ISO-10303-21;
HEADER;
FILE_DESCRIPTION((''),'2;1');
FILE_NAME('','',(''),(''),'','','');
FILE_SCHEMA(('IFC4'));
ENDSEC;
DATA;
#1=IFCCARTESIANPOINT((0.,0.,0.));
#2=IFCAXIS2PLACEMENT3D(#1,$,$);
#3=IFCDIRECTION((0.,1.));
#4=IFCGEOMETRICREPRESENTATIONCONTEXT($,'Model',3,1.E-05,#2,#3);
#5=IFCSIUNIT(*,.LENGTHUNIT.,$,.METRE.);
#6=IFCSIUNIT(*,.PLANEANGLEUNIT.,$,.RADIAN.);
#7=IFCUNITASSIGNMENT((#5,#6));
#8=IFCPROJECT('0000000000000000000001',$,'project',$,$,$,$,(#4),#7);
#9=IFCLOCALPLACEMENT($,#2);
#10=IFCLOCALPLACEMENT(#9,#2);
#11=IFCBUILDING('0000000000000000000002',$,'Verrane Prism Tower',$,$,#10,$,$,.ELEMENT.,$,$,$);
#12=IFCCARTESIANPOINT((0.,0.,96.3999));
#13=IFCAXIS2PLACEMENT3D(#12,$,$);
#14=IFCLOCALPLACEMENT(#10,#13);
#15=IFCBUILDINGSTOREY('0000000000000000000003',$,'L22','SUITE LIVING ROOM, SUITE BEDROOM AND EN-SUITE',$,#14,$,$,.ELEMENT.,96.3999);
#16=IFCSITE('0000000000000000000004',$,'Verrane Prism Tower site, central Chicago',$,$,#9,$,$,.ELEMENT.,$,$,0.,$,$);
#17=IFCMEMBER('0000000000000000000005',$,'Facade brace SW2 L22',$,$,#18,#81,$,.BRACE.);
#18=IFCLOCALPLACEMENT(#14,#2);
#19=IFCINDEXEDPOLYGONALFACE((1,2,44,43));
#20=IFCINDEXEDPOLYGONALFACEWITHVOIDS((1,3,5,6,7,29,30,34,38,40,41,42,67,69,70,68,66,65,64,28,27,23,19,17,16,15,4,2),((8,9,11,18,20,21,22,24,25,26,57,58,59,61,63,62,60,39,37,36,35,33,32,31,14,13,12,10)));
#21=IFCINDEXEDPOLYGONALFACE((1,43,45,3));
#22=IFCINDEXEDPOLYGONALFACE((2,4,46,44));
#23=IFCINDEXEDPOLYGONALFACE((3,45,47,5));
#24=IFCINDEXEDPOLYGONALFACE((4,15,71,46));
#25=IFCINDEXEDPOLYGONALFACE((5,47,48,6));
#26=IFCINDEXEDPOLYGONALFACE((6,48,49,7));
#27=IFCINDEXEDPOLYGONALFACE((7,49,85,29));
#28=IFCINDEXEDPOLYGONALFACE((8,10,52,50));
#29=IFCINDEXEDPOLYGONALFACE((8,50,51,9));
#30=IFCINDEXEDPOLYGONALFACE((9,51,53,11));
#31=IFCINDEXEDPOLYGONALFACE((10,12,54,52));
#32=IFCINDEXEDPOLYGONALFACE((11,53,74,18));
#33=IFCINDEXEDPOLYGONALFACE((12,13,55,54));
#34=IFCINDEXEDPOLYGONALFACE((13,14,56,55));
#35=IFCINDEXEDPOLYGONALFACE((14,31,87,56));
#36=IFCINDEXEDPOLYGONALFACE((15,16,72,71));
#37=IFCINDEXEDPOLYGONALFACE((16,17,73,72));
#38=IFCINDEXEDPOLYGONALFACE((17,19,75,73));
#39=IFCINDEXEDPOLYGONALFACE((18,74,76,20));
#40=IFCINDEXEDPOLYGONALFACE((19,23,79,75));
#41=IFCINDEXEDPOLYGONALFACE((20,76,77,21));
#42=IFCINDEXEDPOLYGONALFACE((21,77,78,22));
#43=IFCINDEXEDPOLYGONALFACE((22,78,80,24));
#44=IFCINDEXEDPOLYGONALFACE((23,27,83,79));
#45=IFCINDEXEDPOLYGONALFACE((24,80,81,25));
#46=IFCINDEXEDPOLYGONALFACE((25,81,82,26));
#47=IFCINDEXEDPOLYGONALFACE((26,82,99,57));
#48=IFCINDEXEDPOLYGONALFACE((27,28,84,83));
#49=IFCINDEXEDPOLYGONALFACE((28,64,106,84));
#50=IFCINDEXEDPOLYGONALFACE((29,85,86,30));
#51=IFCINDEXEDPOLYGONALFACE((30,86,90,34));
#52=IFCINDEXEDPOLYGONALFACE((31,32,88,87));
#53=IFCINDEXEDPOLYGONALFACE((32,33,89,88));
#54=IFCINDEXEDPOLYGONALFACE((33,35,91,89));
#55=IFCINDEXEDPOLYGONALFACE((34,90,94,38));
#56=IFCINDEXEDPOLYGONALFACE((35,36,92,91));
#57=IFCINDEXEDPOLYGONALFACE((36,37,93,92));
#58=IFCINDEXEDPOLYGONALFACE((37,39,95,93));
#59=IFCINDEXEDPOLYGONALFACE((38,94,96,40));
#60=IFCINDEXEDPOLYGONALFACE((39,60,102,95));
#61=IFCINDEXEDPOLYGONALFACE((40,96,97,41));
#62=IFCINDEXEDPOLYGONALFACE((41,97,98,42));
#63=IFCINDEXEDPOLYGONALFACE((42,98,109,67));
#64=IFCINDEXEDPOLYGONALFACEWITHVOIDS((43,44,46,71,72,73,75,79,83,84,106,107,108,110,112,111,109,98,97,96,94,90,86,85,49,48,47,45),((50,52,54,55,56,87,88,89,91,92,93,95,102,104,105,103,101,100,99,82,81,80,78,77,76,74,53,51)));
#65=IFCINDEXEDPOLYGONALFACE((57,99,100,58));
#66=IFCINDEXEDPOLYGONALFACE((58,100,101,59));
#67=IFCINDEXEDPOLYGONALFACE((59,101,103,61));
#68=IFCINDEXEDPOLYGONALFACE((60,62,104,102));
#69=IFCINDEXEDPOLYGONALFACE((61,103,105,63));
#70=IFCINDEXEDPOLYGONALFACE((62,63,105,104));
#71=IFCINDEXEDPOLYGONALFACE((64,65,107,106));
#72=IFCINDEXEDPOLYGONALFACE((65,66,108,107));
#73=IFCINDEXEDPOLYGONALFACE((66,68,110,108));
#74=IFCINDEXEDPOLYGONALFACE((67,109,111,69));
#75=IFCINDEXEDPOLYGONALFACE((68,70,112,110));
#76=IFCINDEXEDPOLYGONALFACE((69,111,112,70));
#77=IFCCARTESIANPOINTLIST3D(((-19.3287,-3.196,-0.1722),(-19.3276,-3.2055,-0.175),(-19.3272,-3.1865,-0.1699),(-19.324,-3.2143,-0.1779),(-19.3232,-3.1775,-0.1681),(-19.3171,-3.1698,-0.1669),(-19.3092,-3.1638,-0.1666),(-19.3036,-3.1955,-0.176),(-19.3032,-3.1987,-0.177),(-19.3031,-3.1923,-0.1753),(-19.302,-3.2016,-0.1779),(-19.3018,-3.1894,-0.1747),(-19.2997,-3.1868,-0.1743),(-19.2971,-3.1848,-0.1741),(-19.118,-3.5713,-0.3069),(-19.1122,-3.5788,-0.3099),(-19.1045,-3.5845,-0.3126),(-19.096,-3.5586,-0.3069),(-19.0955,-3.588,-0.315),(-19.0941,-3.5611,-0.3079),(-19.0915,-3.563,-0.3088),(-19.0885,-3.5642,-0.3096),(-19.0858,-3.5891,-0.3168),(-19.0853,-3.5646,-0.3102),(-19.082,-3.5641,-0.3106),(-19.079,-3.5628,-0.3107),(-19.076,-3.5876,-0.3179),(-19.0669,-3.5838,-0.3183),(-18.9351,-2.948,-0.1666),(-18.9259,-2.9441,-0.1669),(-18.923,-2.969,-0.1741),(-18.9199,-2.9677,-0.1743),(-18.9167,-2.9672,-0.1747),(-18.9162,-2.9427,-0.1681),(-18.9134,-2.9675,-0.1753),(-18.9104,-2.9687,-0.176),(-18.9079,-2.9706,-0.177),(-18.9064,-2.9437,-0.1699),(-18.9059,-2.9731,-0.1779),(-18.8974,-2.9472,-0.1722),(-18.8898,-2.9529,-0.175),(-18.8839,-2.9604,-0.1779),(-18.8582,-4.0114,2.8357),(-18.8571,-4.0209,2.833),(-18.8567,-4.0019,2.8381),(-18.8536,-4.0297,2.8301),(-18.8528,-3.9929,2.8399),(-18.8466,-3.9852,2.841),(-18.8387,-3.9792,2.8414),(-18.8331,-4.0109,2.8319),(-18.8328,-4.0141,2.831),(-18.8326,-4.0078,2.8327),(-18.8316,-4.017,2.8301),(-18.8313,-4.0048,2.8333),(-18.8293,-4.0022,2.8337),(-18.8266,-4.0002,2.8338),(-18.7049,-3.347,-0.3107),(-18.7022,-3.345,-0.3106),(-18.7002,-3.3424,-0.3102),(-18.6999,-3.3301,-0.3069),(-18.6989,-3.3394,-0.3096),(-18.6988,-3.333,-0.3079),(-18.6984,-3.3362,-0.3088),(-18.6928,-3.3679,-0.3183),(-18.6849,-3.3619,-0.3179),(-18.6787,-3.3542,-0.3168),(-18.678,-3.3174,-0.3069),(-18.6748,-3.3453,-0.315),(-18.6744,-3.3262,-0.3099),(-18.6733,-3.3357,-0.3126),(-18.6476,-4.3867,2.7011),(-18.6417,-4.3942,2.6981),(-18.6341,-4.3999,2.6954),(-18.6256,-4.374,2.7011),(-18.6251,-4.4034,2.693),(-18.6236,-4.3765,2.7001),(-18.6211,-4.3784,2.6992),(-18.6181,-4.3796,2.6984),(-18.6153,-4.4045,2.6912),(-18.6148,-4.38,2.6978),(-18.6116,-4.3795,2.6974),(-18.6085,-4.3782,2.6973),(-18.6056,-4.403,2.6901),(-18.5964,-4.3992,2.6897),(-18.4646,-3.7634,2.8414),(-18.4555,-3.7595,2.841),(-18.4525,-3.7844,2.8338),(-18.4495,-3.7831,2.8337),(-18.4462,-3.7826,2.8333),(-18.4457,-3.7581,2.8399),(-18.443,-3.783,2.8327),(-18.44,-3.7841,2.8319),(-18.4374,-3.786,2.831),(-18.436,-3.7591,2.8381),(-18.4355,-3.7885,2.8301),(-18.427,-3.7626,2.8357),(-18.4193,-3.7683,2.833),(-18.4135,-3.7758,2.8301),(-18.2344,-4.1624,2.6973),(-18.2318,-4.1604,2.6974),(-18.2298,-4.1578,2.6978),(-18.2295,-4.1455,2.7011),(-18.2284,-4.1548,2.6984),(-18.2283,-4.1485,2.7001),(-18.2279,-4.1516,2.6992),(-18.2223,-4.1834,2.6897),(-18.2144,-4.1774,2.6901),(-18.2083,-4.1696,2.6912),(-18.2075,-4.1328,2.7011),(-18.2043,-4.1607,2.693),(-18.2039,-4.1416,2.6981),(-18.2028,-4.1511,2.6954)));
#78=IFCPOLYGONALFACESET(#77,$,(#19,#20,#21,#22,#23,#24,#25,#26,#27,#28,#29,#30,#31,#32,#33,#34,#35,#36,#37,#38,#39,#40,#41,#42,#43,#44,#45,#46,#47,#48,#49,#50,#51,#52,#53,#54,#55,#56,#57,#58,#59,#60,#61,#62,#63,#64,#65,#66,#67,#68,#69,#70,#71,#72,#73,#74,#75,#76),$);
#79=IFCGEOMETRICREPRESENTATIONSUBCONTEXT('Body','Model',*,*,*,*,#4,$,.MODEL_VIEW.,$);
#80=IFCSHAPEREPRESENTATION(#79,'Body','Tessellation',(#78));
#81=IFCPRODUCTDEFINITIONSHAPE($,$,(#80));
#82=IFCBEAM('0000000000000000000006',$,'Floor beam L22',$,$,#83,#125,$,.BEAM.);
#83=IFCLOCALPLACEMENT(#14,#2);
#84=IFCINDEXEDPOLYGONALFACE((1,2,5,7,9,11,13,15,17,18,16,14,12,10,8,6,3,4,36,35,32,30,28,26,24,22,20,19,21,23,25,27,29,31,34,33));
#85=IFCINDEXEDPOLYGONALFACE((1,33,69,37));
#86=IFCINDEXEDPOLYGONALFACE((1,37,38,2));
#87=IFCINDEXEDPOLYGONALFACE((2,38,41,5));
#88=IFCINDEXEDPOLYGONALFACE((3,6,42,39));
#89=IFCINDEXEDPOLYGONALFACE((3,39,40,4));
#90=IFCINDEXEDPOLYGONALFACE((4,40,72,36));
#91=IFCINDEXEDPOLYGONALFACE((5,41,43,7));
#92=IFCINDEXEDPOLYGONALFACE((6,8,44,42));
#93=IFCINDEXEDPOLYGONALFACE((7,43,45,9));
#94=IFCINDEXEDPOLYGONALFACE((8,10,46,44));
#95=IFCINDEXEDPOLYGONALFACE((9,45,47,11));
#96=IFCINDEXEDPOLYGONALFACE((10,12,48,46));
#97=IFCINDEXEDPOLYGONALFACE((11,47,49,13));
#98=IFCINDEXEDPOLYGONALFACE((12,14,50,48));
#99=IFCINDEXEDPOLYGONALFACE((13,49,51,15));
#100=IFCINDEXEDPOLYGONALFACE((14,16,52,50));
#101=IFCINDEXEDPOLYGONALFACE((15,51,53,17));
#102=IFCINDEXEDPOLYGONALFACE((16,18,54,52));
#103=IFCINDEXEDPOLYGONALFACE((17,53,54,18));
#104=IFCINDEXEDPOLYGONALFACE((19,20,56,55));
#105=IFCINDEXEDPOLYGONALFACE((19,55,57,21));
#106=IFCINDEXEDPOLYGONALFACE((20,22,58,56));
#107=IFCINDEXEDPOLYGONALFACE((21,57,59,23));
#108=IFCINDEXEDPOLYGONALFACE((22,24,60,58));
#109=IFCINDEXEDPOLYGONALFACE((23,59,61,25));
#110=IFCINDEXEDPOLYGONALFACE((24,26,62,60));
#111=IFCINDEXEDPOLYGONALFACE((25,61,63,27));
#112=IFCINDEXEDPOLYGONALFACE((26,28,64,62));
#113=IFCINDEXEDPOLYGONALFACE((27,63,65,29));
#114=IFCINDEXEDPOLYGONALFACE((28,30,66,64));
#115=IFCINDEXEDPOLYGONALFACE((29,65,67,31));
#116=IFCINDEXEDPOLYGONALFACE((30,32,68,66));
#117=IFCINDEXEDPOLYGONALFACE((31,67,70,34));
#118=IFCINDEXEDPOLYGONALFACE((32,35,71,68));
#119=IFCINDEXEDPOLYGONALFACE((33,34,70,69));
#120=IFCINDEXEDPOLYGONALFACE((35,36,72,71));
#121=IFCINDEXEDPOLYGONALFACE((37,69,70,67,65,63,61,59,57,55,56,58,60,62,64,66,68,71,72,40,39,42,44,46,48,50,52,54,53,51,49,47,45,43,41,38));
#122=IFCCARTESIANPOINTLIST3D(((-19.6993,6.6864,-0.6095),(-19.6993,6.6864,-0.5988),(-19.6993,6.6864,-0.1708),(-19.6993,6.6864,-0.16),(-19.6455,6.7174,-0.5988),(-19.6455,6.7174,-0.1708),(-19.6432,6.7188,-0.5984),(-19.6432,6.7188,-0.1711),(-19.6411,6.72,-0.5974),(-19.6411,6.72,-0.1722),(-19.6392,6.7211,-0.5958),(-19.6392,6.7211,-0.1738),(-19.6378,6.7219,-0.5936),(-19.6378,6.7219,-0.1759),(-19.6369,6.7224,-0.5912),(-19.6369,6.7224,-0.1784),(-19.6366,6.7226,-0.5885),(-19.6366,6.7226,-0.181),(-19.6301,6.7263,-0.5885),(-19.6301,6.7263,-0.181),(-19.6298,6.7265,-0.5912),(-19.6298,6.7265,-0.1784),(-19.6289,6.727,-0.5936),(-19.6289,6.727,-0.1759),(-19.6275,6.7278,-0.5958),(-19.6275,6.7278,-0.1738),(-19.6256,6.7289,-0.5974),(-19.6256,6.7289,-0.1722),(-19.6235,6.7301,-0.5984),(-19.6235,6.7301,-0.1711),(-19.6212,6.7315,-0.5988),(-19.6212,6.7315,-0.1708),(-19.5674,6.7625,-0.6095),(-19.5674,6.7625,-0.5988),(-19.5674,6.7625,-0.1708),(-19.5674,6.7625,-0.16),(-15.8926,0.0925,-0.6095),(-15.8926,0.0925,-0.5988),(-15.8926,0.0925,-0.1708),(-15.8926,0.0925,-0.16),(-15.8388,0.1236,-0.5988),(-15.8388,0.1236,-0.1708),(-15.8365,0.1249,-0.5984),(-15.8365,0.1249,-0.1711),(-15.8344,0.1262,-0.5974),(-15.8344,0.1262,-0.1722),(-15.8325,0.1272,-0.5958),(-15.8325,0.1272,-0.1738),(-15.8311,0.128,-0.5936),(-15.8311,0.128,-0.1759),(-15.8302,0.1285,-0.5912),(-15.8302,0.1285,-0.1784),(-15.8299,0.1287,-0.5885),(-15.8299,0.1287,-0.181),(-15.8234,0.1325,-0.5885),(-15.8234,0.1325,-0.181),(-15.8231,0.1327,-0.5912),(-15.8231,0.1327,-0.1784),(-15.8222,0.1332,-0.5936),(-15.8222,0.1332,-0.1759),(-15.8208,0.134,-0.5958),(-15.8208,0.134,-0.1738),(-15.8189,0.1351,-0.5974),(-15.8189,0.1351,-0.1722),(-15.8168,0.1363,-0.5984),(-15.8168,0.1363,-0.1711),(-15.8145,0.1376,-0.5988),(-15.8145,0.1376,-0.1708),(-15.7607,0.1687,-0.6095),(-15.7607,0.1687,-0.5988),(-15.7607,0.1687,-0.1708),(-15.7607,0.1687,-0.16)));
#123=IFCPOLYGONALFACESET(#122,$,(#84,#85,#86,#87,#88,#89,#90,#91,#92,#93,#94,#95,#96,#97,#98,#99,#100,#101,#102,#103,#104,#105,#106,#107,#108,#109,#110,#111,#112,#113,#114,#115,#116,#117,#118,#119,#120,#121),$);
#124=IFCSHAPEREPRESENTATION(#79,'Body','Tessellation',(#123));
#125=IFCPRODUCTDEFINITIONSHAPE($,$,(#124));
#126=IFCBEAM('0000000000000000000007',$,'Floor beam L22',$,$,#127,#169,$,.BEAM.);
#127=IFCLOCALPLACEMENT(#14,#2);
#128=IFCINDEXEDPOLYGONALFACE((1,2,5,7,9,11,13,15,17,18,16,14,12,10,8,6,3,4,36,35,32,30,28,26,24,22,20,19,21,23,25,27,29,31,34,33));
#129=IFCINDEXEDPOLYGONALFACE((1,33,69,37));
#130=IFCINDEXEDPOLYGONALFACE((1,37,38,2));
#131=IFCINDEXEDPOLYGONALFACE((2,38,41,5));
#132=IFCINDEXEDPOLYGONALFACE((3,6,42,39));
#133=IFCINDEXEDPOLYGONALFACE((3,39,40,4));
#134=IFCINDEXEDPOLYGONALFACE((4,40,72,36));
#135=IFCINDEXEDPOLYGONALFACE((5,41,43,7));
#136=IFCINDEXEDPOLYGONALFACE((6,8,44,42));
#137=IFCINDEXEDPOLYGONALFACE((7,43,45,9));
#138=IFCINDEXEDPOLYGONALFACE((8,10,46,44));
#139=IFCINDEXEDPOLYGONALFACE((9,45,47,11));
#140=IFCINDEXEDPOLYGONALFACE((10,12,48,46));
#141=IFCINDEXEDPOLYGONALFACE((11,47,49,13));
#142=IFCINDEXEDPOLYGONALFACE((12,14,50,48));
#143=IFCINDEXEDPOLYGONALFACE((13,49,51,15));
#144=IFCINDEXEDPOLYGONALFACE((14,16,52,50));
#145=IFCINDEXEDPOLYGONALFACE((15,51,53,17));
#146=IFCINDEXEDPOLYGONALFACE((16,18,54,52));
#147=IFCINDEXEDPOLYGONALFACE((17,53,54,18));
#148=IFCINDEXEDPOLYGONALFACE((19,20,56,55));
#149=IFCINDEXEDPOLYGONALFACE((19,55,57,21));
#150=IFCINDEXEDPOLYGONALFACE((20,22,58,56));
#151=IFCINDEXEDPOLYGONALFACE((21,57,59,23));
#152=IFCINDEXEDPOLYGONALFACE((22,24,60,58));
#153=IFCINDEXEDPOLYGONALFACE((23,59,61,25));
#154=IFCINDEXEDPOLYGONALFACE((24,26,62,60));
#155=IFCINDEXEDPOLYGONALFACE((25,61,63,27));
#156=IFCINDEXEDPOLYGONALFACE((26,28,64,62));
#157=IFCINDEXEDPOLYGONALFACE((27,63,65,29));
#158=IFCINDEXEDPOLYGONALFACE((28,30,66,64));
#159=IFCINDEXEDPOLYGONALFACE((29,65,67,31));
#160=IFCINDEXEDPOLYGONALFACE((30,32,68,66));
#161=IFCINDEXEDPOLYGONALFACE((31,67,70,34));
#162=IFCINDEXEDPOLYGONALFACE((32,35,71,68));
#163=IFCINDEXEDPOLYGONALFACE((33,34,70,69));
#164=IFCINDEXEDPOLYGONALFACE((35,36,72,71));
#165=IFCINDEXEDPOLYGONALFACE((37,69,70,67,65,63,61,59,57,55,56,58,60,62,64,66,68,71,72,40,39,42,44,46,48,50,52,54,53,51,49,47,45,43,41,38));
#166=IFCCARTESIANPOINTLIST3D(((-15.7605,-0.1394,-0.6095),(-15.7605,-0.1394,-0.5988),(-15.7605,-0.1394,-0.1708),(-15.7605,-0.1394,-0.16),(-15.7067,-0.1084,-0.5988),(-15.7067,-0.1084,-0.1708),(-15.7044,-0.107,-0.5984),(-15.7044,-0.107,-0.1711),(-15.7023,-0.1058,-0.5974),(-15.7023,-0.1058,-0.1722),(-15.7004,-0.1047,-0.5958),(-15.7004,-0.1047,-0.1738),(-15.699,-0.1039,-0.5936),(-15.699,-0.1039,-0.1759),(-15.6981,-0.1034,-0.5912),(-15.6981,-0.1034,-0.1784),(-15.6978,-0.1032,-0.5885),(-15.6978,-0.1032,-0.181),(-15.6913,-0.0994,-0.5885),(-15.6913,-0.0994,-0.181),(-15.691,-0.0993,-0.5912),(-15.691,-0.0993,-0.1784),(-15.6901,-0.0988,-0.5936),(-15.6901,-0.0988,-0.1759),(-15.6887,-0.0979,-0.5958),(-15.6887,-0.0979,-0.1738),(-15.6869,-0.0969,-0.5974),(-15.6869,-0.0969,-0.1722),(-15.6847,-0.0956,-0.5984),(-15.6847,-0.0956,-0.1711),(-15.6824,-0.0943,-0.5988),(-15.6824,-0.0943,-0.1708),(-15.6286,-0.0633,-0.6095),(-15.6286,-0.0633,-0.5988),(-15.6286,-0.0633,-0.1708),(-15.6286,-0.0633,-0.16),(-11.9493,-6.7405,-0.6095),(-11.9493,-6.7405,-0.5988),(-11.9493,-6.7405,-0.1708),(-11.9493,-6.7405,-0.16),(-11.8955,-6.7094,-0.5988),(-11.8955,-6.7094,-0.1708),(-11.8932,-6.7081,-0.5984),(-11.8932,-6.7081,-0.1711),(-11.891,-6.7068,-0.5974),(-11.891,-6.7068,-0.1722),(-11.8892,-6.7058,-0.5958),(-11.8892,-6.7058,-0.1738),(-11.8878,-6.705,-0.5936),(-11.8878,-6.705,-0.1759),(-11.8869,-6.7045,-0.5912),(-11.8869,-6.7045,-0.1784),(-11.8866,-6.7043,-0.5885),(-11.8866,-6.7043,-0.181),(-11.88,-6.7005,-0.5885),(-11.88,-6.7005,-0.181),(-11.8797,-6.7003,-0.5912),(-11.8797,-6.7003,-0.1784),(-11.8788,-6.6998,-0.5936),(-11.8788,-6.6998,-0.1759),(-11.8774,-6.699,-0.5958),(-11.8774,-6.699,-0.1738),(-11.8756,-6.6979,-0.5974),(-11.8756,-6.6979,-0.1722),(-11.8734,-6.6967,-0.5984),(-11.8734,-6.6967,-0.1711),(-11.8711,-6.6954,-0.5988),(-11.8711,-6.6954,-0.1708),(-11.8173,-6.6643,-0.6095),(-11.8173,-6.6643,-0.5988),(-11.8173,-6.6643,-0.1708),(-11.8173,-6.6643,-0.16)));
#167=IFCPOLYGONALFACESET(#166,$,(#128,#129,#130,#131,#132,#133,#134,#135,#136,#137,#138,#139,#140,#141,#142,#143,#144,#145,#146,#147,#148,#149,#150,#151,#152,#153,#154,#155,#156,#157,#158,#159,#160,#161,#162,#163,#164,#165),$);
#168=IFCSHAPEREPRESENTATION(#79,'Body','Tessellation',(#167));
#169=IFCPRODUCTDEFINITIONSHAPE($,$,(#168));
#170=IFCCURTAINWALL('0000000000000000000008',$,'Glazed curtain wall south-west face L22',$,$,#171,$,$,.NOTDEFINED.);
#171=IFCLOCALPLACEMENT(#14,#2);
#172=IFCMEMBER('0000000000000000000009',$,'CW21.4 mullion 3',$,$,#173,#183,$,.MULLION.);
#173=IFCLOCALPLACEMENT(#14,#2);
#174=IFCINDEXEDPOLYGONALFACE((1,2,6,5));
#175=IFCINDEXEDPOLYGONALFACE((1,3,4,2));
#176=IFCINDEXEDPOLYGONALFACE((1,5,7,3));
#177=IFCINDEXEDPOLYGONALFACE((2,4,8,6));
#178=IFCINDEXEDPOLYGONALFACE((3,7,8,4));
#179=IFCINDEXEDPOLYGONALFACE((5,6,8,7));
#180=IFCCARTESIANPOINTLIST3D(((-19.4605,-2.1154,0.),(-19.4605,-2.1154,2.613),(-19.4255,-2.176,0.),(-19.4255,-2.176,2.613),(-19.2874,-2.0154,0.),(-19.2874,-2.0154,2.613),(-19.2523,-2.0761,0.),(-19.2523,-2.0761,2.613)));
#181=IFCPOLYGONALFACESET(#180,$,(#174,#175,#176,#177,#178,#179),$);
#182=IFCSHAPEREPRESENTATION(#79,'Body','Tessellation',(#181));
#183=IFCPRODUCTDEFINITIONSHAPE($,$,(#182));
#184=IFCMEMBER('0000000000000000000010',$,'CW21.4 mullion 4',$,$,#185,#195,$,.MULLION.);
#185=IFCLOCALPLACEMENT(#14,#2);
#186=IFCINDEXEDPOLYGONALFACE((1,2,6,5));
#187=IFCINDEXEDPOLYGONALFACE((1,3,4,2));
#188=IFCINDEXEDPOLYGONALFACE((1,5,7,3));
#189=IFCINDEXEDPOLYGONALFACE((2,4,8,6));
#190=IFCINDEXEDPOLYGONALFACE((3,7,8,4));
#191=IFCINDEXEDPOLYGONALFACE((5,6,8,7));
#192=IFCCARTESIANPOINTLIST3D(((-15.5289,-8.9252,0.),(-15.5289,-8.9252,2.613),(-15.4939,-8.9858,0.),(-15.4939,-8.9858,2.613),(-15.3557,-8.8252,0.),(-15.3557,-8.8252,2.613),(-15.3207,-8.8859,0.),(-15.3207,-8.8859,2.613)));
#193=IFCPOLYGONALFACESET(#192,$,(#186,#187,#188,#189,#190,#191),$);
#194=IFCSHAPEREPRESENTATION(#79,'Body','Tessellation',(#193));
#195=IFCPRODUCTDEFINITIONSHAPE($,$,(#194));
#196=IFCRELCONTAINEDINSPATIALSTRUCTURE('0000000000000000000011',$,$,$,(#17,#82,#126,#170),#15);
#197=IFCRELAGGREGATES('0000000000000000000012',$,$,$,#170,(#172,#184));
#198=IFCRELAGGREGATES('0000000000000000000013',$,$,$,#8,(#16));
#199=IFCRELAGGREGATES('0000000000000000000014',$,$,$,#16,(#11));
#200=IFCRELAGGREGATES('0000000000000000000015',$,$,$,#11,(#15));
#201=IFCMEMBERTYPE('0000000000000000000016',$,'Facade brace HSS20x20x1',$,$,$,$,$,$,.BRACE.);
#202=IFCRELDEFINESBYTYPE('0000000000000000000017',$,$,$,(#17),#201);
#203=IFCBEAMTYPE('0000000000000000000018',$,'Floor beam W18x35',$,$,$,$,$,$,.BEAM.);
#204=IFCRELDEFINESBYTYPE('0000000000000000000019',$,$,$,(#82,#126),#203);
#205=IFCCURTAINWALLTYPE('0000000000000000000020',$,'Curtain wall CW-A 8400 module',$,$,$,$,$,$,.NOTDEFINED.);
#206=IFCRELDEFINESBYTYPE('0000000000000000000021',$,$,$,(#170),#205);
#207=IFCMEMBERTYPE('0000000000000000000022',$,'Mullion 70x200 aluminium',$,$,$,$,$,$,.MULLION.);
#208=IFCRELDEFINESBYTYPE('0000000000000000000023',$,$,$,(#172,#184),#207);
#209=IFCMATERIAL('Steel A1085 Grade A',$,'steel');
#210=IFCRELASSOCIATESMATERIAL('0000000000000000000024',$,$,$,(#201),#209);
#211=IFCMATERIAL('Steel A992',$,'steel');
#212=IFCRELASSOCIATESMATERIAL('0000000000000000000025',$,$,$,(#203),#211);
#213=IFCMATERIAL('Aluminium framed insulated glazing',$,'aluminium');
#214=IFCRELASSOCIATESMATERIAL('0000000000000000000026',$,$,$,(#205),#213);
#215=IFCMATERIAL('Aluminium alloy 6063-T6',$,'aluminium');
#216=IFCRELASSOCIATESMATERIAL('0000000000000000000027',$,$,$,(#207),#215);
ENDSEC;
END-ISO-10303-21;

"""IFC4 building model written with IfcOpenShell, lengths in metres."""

from ifc_helpers import new_model, si_unit, direction, frame, origin, origin_2d, place, context, subcontext, project, spatial, rectangle, hollow_rectangle, i_section, extrude, material, material_profile, profile_set, type_object, element, aggregate, save


model = new_model("IFC4")

# Units and contexts
model_context = context("Model", 3, precision=1e-05, world=origin(), true_north=direction((0.0, 1.0)))
body_context = subcontext(model_context, "Body", "Model", "MODEL_VIEW")
ifc_project = project(units=[si_unit("LENGTHUNIT", "METRE"), si_unit("PLANEANGLEUNIT", "RADIAN")], contexts=[model_context])

# Site, building, storey
site_placement = place(None, origin())
site = spatial("IfcSite", under=ifc_project, at=site_placement, Name="Verrane Prism Tower site, central Chicago", CompositionType="ELEMENT", RefElevation=0.0)
building_placement = place(site_placement, origin())
building = spatial("IfcBuilding", under=site, at=building_placement, Name="Verrane Prism Tower", CompositionType="ELEMENT")
storey_placement = place(building_placement, frame((0.0, 0.0, 96.3999)))
storey = spatial("IfcBuildingStorey", under=building, at=storey_placement, Name="L22", Description="SUITE LIVING ROOM, SUITE BEDROOM AND EN-SUITE", CompositionType="ELEMENT", Elevation=96.3999)

# Member
ifc_material_1 = material(Name="Steel A1085 Grade A", Category="steel")
ifc_material_profile_1 = material_profile(ifc_material_1, hollow_rectangle(XDim=0.5081, YDim=0.5081, WallThickness=0.0254, InnerFilletRadius=0.0127, OuterFilletRadius=0.0381, at=origin_2d()), Name="HSS20x20x1")
ifc_profile_set_1 = profile_set([ifc_material_profile_1], Name="Steel A1085 Grade A")
member_type_1 = type_object("IfcMemberType", Name="Facade brace HSS20x20x1", PredefinedType="BRACE", material=ifc_profile_set_1)
for number, where, z_axis, x_axis, name in (
    (1, (-19.001, -3.2659, -0.2424), (0.149261, -0.258708, 0.954354), (0.866177, 0.499737, 0.0), "Facade brace SW2 L22"),
):
    element("IfcMember", number, at=place(storey_placement, frame(where, z_axis=z_axis, x_axis=x_axis)), inside=storey, type_object=member_type_1, Name=name, PredefinedType="BRACE", context=body_context, shape_type="SweptSolid", body=[
        extrude(hollow_rectangle(XDim=0.5081, YDim=0.5081, WallThickness=0.0254, InnerFilletRadius=0.0127, OuterFilletRadius=0.0381, at=origin_2d()), origin(), (0.0, 0.0, 1.0), 3.1519),
    ])

# Beams
ifc_material_2 = material(Name="Steel A992", Category="steel")
ifc_material_profile_2 = material_profile(ifc_material_2, i_section(OverallWidth=0.1523, OverallDepth=0.4495, WebThickness=0.0076, FlangeThickness=0.0107, FilletRadius=0.0103, at=origin_2d()), Name="W18x35")
ifc_profile_set_2 = profile_set([ifc_material_profile_2], Name="Steel A992")
beam_type_1 = type_object("IfcBeamType", Name="Floor beam W18x35", PredefinedType="BEAM", material=ifc_profile_set_2)
beam_1_placement = place(storey_placement, frame((-15.8267, 0.1306, -0.3848), z_axis=(-0.499974, 0.86604, 0.0), x_axis=(-0.86604, -0.499974, 0.0)))
element("IfcBeam", 2, at=beam_1_placement, inside=storey, type_object=beam_type_1, Name="Floor beam L22", PredefinedType="BEAM", context=body_context, shape_type="SweptSolid", body=[
    extrude(i_section(OverallWidth=0.1523, OverallDepth=0.4495, WebThickness=0.0076, FlangeThickness=0.0107, FilletRadius=0.0103, at=origin_2d()), origin(), (0.0, 0.0, 1.0), 7.6138),
])
beam_2_placement = place(storey_placement, frame((-11.8833, -6.7024, -0.3848), z_axis=(-0.500014, 0.866017, 0.0), x_axis=(-0.866017, -0.500014, 0.0)))
element("IfcBeam", 3, at=beam_2_placement, inside=storey, type_object=beam_type_1, Name="Floor beam L22", PredefinedType="BEAM", context=body_context, shape_type="SweptSolid", body=[
    extrude(i_section(OverallWidth=0.1523, OverallDepth=0.4495, WebThickness=0.0076, FlangeThickness=0.0107, FilletRadius=0.0103, at=origin_2d()), origin(), (0.0, 0.0, 1.0), 7.6223),
])

# Curtain wall, members
ifc_material_3 = material(Name="Aluminium framed insulated glazing", Category="aluminium")
curtain_wall_type = type_object("IfcCurtainWallType", Name="Curtain wall CW-A 8400 module", PredefinedType="NOTDEFINED", material=ifc_material_3)
curtain_wall_placement = place(storey_placement, origin())
curtain_wall = element("IfcCurtainWall", 4, at=curtain_wall_placement, inside=storey, type_object=curtain_wall_type, Name="Glazed curtain wall south-west face L22", PredefinedType="NOTDEFINED")
ifc_material_4 = material(Name="Aluminium alloy 6063-T6", Category="aluminium")
ifc_material_profile_3 = material_profile(ifc_material_4, rectangle(XDim=0.2, YDim=0.0701, at=origin_2d()), Name="Mullion 70x200 aluminium")
ifc_profile_set_3 = profile_set([ifc_material_profile_3], Name="Aluminium alloy 6063-T6")
member_type_2 = type_object("IfcMemberType", Name="Mullion 70x200 aluminium", PredefinedType="MULLION", material=ifc_profile_set_3)
member_1_placement = place(storey_placement, frame((-19.3564, -2.0957, 0.0), z_axis=(0.0, 0.0, 1.0), x_axis=(0.866026, 0.5, 0.0)))
member_1 = element("IfcMember", 5, at=member_1_placement, type_object=member_type_2, Name="CW21.4 mullion 3", PredefinedType="MULLION", context=body_context, shape_type="SweptSolid", body=[
    extrude(rectangle(XDim=0.2, YDim=0.0701, at=origin_2d()), origin(), (0.0, 0.0, 1.0), 2.613),
])
member_2_placement = place(storey_placement, frame((-15.4248, -8.9055, 0.0), z_axis=(0.0, 0.0, 1.0), x_axis=(0.866026, 0.5, 0.0)))
member_2 = element("IfcMember", 6, at=member_2_placement, type_object=member_type_2, Name="CW21.4 mullion 4", PredefinedType="MULLION", context=body_context, shape_type="SweptSolid", body=[
    extrude(rectangle(XDim=0.2, YDim=0.0701, at=origin_2d()), origin(), (0.0, 0.0, 1.0), 2.613),
])

aggregate(curtain_wall, [member_1, member_2])

save(model, "model.ifc")
